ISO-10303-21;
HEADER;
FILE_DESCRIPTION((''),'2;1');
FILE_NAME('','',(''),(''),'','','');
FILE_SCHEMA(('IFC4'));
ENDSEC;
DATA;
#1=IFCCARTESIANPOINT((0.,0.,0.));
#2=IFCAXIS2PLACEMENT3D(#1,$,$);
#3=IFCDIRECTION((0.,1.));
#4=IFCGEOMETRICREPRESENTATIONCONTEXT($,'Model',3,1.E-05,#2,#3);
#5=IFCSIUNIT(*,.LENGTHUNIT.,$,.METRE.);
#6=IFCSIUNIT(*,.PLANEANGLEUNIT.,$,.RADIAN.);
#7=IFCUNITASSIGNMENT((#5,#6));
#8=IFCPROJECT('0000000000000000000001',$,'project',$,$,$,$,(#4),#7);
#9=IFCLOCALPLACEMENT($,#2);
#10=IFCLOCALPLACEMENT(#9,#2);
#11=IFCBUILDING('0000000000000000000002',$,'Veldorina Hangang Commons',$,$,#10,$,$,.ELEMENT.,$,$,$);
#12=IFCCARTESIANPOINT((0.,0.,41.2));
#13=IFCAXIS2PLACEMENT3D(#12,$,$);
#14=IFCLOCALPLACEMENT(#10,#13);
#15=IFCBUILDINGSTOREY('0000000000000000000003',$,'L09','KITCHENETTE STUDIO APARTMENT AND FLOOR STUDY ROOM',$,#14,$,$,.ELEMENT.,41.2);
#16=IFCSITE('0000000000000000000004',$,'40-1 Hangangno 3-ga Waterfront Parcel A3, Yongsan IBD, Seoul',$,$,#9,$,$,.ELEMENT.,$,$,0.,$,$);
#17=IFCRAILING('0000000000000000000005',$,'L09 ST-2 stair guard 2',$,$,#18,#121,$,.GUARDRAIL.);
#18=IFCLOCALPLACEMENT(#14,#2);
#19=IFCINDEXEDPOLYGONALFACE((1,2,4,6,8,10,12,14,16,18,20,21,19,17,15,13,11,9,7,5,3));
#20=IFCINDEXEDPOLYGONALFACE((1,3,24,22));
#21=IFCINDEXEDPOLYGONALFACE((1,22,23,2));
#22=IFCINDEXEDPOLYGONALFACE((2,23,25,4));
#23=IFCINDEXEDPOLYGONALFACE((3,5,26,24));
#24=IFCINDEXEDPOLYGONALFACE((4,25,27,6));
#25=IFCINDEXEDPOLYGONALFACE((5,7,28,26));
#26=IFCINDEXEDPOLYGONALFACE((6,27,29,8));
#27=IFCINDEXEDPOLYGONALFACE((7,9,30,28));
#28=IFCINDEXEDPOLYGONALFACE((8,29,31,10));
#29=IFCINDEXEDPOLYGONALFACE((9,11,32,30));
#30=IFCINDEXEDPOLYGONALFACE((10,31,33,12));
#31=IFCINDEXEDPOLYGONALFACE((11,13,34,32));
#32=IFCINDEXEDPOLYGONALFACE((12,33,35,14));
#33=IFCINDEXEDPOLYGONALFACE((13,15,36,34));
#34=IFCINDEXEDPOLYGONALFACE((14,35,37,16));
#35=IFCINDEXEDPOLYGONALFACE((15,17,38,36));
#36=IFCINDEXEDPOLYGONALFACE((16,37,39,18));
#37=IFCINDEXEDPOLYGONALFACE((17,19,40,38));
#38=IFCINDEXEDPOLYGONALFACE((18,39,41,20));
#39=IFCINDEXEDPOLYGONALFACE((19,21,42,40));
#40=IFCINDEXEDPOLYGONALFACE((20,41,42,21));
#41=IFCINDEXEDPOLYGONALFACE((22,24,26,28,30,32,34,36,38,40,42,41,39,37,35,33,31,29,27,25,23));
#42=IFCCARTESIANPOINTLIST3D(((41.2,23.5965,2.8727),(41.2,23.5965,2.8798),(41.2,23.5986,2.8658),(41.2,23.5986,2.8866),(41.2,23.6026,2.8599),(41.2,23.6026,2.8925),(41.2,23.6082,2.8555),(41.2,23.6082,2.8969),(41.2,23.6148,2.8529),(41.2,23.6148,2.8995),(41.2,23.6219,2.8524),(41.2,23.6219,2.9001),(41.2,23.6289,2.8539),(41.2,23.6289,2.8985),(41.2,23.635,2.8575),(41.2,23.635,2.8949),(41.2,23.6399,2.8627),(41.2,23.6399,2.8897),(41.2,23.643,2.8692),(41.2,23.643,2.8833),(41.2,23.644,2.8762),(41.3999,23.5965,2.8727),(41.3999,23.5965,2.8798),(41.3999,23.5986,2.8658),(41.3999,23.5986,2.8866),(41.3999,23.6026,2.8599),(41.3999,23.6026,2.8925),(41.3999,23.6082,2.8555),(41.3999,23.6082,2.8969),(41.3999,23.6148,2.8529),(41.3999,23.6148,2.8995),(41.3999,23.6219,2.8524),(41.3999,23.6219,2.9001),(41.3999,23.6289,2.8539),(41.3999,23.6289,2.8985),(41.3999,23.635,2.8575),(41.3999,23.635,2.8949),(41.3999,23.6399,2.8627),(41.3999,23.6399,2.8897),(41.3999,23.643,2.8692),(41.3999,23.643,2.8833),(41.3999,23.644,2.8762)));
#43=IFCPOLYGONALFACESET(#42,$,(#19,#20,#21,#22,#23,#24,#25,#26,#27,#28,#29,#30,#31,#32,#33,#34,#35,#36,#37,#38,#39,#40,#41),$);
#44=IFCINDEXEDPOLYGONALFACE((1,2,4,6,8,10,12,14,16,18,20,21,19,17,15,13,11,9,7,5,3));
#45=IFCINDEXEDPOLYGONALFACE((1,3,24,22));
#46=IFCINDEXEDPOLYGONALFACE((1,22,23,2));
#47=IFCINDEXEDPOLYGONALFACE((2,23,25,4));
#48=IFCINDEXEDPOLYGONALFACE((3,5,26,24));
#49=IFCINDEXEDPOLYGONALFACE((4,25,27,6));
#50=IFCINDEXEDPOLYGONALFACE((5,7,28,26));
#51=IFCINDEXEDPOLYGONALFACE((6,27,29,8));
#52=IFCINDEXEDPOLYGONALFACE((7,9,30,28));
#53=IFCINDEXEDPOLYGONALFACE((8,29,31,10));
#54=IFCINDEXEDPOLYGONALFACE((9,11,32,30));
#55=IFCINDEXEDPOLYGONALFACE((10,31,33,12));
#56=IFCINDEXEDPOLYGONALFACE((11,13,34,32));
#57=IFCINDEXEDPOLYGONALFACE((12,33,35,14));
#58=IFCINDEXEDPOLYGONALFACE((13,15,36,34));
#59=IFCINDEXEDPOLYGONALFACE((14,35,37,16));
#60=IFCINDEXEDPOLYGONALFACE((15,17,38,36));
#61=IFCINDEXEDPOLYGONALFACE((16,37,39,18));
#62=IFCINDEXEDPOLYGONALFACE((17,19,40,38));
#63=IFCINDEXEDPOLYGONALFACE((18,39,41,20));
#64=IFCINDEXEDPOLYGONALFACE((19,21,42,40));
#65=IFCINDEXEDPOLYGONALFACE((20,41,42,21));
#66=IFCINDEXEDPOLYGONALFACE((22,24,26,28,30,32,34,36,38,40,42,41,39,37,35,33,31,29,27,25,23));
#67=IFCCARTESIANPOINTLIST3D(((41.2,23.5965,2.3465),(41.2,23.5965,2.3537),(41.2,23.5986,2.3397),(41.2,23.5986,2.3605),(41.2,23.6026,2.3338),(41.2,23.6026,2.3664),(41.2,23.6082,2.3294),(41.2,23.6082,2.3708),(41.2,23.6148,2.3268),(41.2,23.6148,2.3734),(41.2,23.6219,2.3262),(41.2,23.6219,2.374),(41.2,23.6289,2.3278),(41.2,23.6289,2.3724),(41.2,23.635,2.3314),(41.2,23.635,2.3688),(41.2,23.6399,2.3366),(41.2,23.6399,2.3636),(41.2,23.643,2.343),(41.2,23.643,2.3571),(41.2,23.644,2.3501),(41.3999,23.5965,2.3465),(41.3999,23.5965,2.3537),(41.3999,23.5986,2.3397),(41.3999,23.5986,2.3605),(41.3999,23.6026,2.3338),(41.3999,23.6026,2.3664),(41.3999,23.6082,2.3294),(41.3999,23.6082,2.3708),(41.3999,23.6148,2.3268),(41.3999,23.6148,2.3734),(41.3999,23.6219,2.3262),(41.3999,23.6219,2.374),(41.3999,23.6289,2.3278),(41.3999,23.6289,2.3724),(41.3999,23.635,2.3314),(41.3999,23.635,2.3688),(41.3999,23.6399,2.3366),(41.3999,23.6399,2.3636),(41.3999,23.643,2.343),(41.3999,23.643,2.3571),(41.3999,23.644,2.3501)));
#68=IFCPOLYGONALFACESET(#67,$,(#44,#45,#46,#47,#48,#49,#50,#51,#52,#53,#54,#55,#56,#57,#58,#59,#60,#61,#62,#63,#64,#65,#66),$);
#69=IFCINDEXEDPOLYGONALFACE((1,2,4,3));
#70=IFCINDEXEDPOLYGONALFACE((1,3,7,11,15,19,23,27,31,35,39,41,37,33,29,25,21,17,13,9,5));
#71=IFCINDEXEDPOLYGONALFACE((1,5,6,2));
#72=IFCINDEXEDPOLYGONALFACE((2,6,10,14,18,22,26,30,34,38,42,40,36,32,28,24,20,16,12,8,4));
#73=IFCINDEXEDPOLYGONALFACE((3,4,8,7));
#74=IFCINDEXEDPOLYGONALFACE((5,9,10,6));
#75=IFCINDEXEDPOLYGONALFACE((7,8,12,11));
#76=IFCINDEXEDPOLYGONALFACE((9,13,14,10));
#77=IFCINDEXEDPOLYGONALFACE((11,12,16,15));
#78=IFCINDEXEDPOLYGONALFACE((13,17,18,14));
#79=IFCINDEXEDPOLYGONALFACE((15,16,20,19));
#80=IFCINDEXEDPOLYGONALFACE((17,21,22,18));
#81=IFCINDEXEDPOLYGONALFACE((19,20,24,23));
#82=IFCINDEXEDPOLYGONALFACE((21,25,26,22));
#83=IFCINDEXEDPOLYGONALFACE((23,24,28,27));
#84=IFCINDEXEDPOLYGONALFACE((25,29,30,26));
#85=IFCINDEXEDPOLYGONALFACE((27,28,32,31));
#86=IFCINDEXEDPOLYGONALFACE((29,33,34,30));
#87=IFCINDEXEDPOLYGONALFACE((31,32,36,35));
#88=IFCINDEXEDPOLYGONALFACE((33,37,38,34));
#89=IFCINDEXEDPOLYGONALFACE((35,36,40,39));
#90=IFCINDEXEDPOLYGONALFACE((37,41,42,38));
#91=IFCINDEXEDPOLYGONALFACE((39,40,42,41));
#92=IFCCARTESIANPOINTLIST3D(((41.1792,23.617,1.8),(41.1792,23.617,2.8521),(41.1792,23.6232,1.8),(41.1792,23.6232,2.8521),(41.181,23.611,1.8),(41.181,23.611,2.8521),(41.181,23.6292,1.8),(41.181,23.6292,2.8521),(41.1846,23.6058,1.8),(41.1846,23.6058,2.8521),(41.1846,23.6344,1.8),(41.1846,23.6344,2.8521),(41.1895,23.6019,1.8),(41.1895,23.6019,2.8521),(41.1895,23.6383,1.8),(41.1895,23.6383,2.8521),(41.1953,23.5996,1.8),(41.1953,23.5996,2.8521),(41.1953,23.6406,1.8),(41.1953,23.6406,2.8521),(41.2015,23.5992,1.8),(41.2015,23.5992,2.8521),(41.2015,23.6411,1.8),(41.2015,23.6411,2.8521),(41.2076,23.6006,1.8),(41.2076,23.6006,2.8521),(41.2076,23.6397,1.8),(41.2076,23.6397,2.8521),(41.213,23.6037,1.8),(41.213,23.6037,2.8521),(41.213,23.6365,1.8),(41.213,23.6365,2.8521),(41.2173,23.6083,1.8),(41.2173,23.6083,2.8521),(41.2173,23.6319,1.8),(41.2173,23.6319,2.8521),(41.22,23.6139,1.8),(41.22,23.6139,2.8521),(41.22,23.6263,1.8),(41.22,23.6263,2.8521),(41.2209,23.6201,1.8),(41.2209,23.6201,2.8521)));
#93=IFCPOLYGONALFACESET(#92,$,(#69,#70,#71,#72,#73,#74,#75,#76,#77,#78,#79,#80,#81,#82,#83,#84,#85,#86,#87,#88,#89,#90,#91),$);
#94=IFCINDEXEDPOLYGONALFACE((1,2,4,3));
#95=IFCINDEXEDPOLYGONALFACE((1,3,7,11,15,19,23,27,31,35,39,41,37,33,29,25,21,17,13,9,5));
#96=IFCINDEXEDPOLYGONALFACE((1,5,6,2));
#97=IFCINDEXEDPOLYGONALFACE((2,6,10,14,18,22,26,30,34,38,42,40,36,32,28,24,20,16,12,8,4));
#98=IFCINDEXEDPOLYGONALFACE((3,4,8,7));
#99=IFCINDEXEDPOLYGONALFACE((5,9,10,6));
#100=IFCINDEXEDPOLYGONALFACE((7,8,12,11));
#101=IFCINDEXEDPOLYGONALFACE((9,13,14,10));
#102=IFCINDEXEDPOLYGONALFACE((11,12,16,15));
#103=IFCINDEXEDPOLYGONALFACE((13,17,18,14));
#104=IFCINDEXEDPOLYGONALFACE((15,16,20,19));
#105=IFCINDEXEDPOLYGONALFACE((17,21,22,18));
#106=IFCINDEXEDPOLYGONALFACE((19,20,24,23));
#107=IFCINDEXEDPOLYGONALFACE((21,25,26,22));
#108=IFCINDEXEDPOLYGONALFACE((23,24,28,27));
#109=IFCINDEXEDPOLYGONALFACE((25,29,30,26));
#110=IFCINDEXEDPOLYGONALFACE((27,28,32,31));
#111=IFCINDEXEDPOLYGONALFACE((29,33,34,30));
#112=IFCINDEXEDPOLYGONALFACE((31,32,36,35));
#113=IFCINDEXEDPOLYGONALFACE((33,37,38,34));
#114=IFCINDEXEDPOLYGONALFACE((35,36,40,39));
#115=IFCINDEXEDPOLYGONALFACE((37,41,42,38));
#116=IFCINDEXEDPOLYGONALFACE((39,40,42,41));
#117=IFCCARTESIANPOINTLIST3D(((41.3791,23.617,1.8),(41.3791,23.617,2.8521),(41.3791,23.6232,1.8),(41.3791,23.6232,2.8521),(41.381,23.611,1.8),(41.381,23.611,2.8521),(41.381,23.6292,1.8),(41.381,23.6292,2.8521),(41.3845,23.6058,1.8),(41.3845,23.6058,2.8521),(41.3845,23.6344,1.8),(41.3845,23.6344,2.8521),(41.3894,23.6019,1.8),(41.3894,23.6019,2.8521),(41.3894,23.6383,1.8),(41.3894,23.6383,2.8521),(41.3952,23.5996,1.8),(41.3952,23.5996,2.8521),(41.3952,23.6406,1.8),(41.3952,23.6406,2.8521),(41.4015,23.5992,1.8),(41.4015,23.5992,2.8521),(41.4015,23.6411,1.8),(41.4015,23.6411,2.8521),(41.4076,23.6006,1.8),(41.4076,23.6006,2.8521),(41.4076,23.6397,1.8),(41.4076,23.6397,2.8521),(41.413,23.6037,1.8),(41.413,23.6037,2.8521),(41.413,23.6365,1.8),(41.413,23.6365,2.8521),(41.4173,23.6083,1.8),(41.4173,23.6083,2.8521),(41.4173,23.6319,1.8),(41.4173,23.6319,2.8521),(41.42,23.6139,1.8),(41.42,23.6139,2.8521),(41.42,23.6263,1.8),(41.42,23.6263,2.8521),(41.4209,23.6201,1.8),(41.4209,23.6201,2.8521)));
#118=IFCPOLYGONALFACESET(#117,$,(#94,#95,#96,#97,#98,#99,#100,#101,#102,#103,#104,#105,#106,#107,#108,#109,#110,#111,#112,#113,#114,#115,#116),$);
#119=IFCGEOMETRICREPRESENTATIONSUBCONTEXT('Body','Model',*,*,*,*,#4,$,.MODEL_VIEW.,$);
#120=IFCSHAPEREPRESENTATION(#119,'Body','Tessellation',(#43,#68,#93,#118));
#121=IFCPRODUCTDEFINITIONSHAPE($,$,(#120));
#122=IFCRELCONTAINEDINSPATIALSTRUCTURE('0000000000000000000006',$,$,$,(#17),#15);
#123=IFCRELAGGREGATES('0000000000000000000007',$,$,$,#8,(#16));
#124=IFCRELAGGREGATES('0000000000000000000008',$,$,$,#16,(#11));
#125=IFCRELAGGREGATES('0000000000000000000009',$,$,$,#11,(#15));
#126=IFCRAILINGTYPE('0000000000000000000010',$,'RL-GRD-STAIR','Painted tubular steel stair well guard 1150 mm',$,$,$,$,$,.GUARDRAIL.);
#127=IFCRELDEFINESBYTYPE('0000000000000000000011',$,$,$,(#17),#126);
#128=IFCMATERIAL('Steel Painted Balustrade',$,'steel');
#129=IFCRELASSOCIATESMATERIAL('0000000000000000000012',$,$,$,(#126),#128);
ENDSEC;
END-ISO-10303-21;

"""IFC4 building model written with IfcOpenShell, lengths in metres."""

from ifc_helpers import new_model, si_unit, direction, frame, origin, origin_2d, place, context, subcontext, project, spatial, circle, extrude, material, type_object, element, save


model = new_model("IFC4")

# Units and contexts
model_context = context("Model", 3, precision=1e-05, world=origin(), true_north=direction((0.0, 1.0)))
body_context = subcontext(model_context, "Body", "Model", "MODEL_VIEW")
ifc_project = project(units=[si_unit("LENGTHUNIT", "METRE"), si_unit("PLANEANGLEUNIT", "RADIAN")], contexts=[model_context])

# Site, building, storey
site_placement = place(None, origin())
site = spatial("IfcSite", under=ifc_project, at=site_placement, Name="40-1 Hangangno 3-ga Waterfront Parcel A3, Yongsan IBD, Seoul", CompositionType="ELEMENT", RefElevation=0.0)
building_placement = place(site_placement, origin())
building = spatial("IfcBuilding", under=site, at=building_placement, Name="Veldorina Hangang Commons", CompositionType="ELEMENT")
storey_placement = place(building_placement, frame((0.0, 0.0, 41.2)))
storey = spatial("IfcBuildingStorey", under=building, at=storey_placement, Name="L09", Description="KITCHENETTE STUDIO APARTMENT AND FLOOR STUDY ROOM", CompositionType="ELEMENT", Elevation=41.2)

# Railing
ifc_material_1 = material(Name="Steel Painted Balustrade", Category="steel")
railing_type_1 = type_object("IfcRailingType", Name="RL-GRD-STAIR", Description="Painted tubular steel stair well guard 1150 mm", PredefinedType="GUARDRAIL", material=ifc_material_1)
railing_1_placement = place(storey_placement, frame((41.2, 23.6201, 1.8)))
element("IfcRailing", 1, at=railing_1_placement, inside=storey, type_object=railing_type_1, Name="L09 ST-2 stair guard 2", PredefinedType="GUARDRAIL", context=body_context, shape_type="SweptSolid", body=[
    extrude(circle(Radius=0.0239, at=origin_2d()), frame((0.0, 0.0, 1.0762), z_axis=(1.0, 0.0, 0.0), x_axis=(0.0, 1.0, 0.0)), (0.0, 0.0, 1.0), 0.2),
    extrude(circle(Radius=0.0239, at=origin_2d()), frame((0.0, 0.0, 0.55), z_axis=(1.0, 0.0, 0.0), x_axis=(0.0, 1.0, 0.0)), (0.0, 0.0, 1.0), 0.2),
    extrude(circle(Radius=0.021, at=origin_2d()), origin(), (0.0, 0.0, 1.0), 1.052),
    extrude(circle(Radius=0.021, at=origin_2d()), frame((0.2, 0.0, 0.0)), (0.0, 0.0, 1.0), 1.052),
])

save(model, "model.ifc")
